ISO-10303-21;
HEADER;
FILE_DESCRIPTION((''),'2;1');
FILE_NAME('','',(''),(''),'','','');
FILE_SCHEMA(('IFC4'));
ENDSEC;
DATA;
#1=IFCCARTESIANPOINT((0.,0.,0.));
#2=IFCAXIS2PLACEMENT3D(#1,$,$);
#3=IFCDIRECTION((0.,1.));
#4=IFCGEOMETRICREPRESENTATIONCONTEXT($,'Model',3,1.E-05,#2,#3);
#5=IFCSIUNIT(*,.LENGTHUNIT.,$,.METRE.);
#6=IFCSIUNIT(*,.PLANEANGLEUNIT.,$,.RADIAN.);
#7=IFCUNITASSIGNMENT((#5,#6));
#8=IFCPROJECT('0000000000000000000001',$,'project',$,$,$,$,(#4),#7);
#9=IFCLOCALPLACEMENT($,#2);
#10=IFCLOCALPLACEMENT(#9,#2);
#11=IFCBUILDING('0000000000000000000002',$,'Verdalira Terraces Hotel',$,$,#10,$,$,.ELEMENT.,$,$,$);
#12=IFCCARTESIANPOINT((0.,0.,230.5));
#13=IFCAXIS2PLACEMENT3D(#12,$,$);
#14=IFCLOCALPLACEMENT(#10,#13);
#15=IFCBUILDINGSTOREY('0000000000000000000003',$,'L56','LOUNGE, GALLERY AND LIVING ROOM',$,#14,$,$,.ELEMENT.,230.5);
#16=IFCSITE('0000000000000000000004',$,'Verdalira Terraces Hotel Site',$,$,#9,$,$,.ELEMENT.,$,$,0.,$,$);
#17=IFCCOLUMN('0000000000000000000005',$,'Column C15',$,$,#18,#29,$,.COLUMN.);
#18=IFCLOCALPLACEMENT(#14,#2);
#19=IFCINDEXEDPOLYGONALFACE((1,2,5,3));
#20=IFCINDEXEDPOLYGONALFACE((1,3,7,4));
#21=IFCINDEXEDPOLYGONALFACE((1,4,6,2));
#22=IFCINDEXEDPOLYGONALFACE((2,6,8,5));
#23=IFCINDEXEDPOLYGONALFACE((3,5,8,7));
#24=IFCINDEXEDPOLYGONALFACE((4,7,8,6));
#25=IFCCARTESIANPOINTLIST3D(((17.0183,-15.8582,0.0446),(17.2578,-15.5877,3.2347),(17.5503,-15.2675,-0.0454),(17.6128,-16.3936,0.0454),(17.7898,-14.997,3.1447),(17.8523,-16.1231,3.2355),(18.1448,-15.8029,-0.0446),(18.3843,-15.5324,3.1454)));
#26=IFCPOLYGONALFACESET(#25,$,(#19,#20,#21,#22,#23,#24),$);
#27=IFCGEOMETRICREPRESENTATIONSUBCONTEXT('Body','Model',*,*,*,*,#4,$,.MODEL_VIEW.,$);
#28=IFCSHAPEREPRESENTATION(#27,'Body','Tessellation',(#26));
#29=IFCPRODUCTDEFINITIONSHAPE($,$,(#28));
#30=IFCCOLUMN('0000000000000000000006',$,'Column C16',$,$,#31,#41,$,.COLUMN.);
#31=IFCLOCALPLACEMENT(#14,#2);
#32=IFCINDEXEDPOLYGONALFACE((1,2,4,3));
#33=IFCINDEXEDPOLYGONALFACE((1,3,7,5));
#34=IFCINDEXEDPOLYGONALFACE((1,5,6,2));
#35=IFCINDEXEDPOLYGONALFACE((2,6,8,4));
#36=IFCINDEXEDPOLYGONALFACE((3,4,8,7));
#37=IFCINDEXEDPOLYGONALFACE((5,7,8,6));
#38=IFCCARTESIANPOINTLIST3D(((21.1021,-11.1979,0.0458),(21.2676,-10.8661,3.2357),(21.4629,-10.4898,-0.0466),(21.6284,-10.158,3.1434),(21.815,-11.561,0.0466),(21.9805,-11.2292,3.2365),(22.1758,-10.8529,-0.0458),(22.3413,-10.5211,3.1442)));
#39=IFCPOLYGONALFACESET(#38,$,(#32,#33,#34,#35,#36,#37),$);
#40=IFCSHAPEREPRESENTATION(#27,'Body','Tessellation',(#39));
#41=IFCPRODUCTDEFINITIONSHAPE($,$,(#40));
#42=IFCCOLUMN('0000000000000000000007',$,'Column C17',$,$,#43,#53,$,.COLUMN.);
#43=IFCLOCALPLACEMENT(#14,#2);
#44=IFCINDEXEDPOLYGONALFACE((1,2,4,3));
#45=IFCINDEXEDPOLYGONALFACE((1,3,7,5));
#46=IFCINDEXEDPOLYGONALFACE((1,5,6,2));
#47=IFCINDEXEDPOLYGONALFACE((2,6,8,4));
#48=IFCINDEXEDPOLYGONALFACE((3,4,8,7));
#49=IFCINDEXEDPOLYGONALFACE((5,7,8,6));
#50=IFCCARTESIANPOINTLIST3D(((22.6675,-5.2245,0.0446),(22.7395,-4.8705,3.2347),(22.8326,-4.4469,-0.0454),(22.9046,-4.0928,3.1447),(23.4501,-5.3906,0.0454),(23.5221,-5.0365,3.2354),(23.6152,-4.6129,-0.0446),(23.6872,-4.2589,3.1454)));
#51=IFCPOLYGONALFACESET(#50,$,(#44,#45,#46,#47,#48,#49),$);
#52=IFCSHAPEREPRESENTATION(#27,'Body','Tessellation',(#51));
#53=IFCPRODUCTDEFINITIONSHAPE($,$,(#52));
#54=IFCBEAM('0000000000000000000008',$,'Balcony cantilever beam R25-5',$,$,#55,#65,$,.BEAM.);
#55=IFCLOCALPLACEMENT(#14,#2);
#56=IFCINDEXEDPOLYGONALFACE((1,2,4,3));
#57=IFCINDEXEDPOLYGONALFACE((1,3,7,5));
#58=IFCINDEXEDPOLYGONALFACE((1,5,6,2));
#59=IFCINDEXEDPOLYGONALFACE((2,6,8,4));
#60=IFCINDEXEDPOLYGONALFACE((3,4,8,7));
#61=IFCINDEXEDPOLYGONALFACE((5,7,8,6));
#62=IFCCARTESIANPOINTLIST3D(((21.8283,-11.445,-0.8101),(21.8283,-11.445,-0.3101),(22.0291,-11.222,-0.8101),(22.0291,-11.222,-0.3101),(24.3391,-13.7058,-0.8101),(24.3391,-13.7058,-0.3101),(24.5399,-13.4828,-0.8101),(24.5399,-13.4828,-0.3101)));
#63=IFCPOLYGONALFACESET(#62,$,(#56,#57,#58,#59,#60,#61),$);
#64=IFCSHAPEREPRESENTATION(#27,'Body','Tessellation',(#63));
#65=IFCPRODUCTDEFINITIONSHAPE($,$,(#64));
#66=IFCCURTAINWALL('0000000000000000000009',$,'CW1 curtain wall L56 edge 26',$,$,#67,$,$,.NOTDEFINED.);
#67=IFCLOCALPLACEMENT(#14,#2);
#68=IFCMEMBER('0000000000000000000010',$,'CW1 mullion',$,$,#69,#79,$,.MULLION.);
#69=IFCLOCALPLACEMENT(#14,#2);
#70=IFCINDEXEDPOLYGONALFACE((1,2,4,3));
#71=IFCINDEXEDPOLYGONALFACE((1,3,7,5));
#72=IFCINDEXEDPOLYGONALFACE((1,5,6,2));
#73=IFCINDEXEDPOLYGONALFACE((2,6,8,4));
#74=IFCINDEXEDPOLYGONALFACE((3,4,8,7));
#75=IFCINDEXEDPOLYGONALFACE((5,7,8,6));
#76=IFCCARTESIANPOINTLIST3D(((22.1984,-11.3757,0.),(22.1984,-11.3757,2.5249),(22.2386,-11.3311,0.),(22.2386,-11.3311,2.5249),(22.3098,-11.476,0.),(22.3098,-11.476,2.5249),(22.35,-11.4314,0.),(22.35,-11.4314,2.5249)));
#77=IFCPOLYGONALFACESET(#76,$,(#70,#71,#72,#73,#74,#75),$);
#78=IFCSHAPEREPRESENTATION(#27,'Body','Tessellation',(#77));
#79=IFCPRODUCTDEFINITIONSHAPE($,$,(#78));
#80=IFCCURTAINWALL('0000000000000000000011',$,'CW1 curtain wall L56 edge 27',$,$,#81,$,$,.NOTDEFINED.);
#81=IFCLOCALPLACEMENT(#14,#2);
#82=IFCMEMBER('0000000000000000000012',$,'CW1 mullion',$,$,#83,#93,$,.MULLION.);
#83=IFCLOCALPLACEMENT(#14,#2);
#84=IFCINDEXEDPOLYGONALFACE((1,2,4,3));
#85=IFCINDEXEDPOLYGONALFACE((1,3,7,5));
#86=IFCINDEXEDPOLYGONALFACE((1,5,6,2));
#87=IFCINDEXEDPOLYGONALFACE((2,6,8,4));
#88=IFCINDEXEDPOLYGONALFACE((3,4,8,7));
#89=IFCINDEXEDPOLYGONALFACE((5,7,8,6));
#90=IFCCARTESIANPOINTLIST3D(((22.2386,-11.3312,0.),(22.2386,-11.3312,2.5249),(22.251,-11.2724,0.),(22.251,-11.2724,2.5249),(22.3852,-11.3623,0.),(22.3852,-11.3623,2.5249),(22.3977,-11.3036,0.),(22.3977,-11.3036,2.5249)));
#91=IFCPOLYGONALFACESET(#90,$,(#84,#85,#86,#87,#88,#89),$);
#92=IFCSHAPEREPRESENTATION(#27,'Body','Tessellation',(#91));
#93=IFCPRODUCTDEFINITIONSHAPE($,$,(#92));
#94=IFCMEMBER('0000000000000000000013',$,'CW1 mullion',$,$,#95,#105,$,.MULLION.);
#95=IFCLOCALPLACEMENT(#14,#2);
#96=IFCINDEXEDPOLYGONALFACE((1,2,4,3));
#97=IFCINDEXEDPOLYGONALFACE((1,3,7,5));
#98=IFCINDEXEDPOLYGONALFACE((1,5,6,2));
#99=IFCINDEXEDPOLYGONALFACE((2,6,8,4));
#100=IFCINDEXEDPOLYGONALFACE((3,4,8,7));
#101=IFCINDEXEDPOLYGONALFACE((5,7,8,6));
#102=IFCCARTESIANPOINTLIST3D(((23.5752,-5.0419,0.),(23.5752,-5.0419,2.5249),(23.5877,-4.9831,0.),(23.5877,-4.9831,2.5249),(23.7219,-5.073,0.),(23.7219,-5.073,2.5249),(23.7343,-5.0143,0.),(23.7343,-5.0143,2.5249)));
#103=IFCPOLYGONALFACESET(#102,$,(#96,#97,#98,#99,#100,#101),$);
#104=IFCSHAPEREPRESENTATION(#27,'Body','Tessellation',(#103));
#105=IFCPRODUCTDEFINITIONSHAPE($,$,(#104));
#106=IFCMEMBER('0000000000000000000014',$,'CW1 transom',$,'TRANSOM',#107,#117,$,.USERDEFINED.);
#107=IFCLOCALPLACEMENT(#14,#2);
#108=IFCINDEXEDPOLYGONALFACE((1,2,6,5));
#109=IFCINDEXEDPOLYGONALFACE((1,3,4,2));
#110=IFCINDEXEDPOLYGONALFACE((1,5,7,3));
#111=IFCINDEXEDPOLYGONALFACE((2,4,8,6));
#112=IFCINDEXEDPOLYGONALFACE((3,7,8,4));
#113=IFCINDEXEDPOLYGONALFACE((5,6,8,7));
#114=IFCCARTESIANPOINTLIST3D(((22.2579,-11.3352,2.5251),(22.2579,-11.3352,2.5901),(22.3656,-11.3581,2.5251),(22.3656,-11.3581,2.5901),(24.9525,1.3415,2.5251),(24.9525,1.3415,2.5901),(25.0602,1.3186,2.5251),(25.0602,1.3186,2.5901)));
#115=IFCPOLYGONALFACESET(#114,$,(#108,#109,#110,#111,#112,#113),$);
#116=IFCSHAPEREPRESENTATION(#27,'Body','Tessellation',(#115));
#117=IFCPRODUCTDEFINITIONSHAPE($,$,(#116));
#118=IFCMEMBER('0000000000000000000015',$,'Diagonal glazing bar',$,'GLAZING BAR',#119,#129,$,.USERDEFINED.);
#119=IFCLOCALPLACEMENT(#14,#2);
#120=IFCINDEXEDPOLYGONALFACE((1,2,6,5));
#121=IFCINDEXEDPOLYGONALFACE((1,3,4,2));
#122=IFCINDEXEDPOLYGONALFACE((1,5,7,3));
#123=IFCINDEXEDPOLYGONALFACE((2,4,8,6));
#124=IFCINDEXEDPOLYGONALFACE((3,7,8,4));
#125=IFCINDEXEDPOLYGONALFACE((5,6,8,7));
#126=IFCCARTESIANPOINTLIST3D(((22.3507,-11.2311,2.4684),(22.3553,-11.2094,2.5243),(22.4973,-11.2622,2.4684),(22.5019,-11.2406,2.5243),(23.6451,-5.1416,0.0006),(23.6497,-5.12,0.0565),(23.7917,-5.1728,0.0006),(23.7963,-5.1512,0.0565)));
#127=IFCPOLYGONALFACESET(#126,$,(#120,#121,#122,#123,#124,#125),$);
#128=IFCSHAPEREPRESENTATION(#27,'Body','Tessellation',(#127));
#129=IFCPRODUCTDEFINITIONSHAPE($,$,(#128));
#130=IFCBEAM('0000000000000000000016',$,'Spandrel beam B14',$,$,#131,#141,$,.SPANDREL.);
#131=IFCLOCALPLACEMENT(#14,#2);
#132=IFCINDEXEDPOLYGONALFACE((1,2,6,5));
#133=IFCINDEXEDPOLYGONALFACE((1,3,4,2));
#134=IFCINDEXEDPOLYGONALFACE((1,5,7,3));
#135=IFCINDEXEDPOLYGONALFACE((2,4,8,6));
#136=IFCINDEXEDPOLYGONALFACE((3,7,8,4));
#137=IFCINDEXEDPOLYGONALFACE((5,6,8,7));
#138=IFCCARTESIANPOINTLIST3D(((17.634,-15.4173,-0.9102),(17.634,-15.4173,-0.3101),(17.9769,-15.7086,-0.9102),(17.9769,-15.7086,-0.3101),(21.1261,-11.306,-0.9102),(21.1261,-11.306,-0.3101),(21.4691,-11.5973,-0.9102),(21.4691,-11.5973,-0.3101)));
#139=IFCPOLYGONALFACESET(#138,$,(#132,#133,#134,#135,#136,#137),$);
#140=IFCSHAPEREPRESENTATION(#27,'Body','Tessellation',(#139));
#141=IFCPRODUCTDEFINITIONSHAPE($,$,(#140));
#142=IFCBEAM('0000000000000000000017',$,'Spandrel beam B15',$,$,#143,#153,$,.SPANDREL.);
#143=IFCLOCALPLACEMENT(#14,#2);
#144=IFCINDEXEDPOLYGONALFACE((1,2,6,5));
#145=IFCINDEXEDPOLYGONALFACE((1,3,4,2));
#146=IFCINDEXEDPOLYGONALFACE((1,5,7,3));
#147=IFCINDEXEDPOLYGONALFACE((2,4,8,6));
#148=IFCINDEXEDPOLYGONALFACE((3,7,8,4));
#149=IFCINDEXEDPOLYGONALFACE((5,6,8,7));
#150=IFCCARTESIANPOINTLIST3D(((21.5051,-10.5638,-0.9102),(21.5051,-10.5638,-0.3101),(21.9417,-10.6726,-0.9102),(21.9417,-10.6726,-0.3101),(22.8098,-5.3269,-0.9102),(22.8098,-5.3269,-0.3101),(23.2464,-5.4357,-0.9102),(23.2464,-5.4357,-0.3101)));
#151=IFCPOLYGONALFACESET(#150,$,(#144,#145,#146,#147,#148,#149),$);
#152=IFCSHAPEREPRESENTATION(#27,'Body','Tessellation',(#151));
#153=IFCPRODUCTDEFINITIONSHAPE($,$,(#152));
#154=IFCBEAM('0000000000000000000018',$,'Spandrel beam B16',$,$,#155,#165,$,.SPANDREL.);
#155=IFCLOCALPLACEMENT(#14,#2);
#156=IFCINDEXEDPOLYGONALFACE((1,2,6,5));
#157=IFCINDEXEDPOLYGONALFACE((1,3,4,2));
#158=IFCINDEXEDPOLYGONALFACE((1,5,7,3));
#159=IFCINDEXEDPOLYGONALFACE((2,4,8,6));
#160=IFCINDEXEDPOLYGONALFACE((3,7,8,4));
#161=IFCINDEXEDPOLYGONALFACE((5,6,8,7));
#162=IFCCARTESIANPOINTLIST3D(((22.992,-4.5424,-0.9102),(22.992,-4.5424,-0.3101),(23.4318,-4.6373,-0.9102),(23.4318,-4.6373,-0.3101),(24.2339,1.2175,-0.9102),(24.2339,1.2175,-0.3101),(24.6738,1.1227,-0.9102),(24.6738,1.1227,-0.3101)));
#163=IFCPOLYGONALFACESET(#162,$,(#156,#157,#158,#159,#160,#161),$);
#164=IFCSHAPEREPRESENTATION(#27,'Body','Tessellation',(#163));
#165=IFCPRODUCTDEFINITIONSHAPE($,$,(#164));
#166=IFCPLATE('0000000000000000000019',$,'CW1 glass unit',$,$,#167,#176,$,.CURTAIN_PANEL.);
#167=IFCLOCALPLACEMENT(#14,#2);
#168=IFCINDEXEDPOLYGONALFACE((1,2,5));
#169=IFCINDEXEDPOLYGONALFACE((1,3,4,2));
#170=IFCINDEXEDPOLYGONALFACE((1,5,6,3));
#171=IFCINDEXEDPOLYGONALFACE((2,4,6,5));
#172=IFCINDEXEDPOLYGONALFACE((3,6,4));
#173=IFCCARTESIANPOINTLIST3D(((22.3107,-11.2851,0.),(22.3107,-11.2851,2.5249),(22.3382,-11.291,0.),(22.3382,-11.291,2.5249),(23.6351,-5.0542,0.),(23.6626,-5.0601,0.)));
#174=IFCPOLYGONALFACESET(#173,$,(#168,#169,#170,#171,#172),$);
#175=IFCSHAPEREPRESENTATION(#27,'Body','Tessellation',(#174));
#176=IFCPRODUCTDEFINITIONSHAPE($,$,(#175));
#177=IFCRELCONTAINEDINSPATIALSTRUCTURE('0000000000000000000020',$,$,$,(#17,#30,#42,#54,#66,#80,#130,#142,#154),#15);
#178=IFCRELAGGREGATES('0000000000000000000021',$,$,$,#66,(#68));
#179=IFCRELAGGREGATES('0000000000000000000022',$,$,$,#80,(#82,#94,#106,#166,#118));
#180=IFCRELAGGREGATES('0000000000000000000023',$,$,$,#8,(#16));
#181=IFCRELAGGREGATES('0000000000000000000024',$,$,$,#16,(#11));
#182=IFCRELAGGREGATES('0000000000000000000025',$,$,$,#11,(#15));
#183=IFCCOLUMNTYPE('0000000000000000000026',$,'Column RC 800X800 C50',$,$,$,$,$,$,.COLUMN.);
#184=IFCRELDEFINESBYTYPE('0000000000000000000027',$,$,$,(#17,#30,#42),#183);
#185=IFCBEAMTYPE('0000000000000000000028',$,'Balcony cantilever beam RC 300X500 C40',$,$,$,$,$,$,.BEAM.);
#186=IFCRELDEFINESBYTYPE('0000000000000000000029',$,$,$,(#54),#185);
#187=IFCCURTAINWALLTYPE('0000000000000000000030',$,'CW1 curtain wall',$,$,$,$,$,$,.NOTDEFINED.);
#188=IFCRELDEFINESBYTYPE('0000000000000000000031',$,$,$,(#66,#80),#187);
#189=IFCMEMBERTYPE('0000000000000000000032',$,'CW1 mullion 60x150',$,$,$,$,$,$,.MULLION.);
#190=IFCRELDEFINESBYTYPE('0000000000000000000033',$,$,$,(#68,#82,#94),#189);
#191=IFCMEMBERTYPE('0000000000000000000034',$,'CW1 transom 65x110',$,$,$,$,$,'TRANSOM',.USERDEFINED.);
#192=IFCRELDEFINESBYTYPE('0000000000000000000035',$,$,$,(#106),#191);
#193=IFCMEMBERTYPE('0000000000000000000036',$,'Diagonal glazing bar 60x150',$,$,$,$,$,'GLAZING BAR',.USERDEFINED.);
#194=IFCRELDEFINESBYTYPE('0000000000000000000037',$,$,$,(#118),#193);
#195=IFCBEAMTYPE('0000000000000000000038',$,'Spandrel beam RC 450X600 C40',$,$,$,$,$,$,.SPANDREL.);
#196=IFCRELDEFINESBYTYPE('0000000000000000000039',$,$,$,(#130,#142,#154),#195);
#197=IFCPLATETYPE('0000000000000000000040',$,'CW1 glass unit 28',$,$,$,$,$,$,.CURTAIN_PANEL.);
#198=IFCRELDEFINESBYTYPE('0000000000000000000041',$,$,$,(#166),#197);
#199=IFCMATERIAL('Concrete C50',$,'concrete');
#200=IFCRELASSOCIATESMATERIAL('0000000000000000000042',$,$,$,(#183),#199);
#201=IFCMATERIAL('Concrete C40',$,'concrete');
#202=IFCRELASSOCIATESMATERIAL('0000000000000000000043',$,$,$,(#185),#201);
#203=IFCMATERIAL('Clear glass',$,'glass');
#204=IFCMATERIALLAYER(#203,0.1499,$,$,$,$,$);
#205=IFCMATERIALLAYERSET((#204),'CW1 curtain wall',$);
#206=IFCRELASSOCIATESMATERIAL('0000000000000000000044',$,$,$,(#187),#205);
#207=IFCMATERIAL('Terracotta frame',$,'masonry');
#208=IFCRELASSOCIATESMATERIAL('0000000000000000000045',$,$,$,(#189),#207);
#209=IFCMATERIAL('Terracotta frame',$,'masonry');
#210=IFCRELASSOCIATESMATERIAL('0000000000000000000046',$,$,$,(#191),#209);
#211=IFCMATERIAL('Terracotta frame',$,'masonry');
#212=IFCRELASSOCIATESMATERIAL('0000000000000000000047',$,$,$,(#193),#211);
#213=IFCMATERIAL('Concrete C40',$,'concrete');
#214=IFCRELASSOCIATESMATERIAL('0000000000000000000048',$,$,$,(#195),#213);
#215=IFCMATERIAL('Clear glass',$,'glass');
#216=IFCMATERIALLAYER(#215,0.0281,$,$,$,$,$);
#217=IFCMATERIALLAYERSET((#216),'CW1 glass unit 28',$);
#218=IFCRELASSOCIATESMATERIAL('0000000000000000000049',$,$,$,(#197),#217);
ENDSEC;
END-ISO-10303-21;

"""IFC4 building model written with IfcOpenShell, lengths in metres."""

from ifc_helpers import new_model, si_unit, direction, frame, origin, origin_2d, place, context, subcontext, project, spatial, polyline, rectangle, outline, extrude, material, layer, layer_set, material_profile, profile_set, type_object, element, aggregate, save


model = new_model("IFC4")

# Units and contexts
model_context = context("Model", 3, precision=1e-05, world=origin(), true_north=direction((0.0, 1.0)))
body_context = subcontext(model_context, "Body", "Model", "MODEL_VIEW")
ifc_project = project(units=[si_unit("LENGTHUNIT", "METRE"), si_unit("PLANEANGLEUNIT", "RADIAN")], contexts=[model_context])

# Site, building, storey
site_placement = place(None, origin())
site = spatial("IfcSite", under=ifc_project, at=site_placement, Name="Verdalira Terraces Hotel Site", CompositionType="ELEMENT", RefElevation=0.0)
building_placement = place(site_placement, origin())
building = spatial("IfcBuilding", under=site, at=building_placement, Name="Verdalira Terraces Hotel", CompositionType="ELEMENT")
storey_placement = place(building_placement, frame((0.0, 0.0, 230.5)))
storey = spatial("IfcBuildingStorey", under=building, at=storey_placement, Name="L56", Description="LOUNGE, GALLERY AND LIVING ROOM", CompositionType="ELEMENT", Elevation=230.5)

# Columns
ifc_material_1 = material(Name="Concrete C50", Category="concrete")
ifc_material_profile_1 = material_profile(ifc_material_1, rectangle(XDim=0.8, YDim=0.8, at=origin_2d()), Name="RC 800X800")
ifc_profile_set_1 = profile_set([ifc_material_profile_1], Name="Concrete C50")
column_type = type_object("IfcColumnType", Name="Column RC 800X800 C50", PredefinedType="COLUMN", material=ifc_profile_set_1)
column_1_placement = place(storey_placement, frame((17.5815, -15.8306, 0.0), z_axis=(0.074603, 0.084262, 0.993647), x_axis=(0.664973, 0.73834, -0.112538)))
element("IfcColumn", 1, at=column_1_placement, inside=storey, type_object=column_type, Name="Column C15", PredefinedType="COLUMN", context=body_context, shape_type="SweptSolid", body=[
    extrude(rectangle(XDim=0.8, YDim=0.8, at=origin_2d()), origin(), (0.0, 0.0, 1.0), 3.2104),
])
column_2_placement = place(storey_placement, frame((21.6389, -11.0254, 0.0), z_axis=(0.051543, 0.103315, 0.993312), x_axis=(-0.450968, -0.885041, 0.115454)))
element("IfcColumn", 2, at=column_2_placement, inside=storey, type_object=column_type, Name="Column C16", PredefinedType="COLUMN", context=body_context, shape_type="SweptSolid", body=[
    extrude(rectangle(XDim=0.8, YDim=0.8, at=origin_2d()), origin(), (0.0, 0.0, 1.0), 3.2114),
])
column_3_placement = place(storey_placement, frame((23.1414, -4.9187, 0.0), z_axis=(0.022434, 0.11027, 0.993648), x_axis=(0.206353, 0.971986, -0.112525)))
element("IfcColumn", 3, at=column_3_placement, inside=storey, type_object=column_type, Name="Column C17", PredefinedType="COLUMN", context=body_context, shape_type="SweptSolid", body=[
    extrude(rectangle(XDim=0.8, YDim=0.8, at=origin_2d()), origin(), (0.0, 0.0, 1.0), 3.2104),
])

# Beam
ifc_material_2 = material(Name="Concrete C40", Category="concrete")
ifc_material_profile_2 = material_profile(ifc_material_2, rectangle(XDim=0.3, YDim=0.5, at=origin_2d()), Name="RC 300X500")
ifc_profile_set_2 = profile_set([ifc_material_profile_2], Name="Concrete C40")
beam_type_1 = type_object("IfcBeamType", Name="Balcony cantilever beam RC 300X500 C40", PredefinedType="BEAM", material=ifc_profile_set_2)
beam_1_placement = place(storey_placement, frame((21.9287, -11.3335, -0.5601), z_axis=(0.743136, -0.66914, 0.0), x_axis=(0.66914, 0.743136, 0.0)))
element("IfcBeam", 4, at=beam_1_placement, inside=storey, type_object=beam_type_1, Name="Balcony cantilever beam R25-5", PredefinedType="BEAM", context=body_context, shape_type="SweptSolid", body=[
    extrude(rectangle(XDim=0.3, YDim=0.5, at=origin_2d()), origin(), (0.0, 0.0, 1.0), 3.3787),
])

# Curtain wall, member
ifc_material_3 = material(Name="Clear glass", Category="glass")
ifc_layer_1 = layer(ifc_material_3, 0.1499)
ifc_layer_set_1 = layer_set([ifc_layer_1], Name="CW1 curtain wall")
curtain_wall_type = type_object("IfcCurtainWallType", Name="CW1 curtain wall", PredefinedType="NOTDEFINED", material=ifc_layer_set_1)
curtain_wall_1_placement = place(storey_placement, origin())
curtain_wall_1 = element("IfcCurtainWall", 5, at=curtain_wall_1_placement, inside=storey, type_object=curtain_wall_type, Name="CW1 curtain wall L56 edge 26", PredefinedType="NOTDEFINED")
ifc_material_4 = material(Name="Terracotta frame", Category="masonry")
ifc_material_profile_3 = material_profile(ifc_material_4, rectangle(XDim=0.0601, YDim=0.1499, at=origin_2d()), Name="MU 60x150")
ifc_profile_set_3 = profile_set([ifc_material_profile_3], Name="Terracotta frame")
member_type_1 = type_object("IfcMemberType", Name="CW1 mullion 60x150", PredefinedType="MULLION", material=ifc_profile_set_3)
member_1_placement = place(storey_placement, frame((22.2742, -11.4036, 0.0), z_axis=(0.0, 0.0, 1.0), x_axis=(0.669131, 0.743145, 0.0)))
member_1 = element("IfcMember", 6, at=member_1_placement, type_object=member_type_1, Name="CW1 mullion", PredefinedType="MULLION", context=body_context, shape_type="SweptSolid", body=[
    extrude(rectangle(XDim=0.0601, YDim=0.1499, at=origin_2d()), origin(), (0.0, 0.0, 1.0), 2.5249),
])
aggregate(curtain_wall_1, [member_1])

# Curtain wall, members
curtain_wall_2_placement = place(storey_placement, origin())
curtain_wall_2 = element("IfcCurtainWall", 7, at=curtain_wall_2_placement, inside=storey, type_object=curtain_wall_type, Name="CW1 curtain wall L56 edge 27", PredefinedType="NOTDEFINED")
member_2_placement = place(storey_placement, frame((22.3181, -11.3174, 0.0), z_axis=(0.0, 0.0, 1.0), x_axis=(0.207912, 0.978148, 0.0)))
member_2 = element("IfcMember", 8, at=member_2_placement, type_object=member_type_1, Name="CW1 mullion", PredefinedType="MULLION", context=body_context, shape_type="SweptSolid", body=[
    extrude(rectangle(XDim=0.0601, YDim=0.1499, at=origin_2d()), origin(), (0.0, 0.0, 1.0), 2.5249),
])
member_3_placement = place(storey_placement, frame((23.6548, -5.0281, 0.0), z_axis=(0.0, 0.0, 1.0), x_axis=(0.207912, 0.978148, 0.0)))
member_3 = element("IfcMember", 9, at=member_3_placement, type_object=member_type_1, Name="CW1 mullion", PredefinedType="MULLION", context=body_context, shape_type="SweptSolid", body=[
    extrude(rectangle(XDim=0.0601, YDim=0.1499, at=origin_2d()), origin(), (0.0, 0.0, 1.0), 2.5249),
])
ifc_material_5 = material(Name="Terracotta frame", Category="masonry")
ifc_material_profile_4 = material_profile(ifc_material_5, rectangle(XDim=0.1101, YDim=0.0649, at=origin_2d()), Name="TR 65x110")
ifc_profile_set_4 = profile_set([ifc_material_profile_4], Name="Terracotta frame")
member_type_2 = type_object("IfcMemberType", Name="CW1 transom 65x110", ElementType="TRANSOM", PredefinedType="USERDEFINED", material=ifc_profile_set_4)
member_4_placement = place(storey_placement, frame((22.3118, -11.3467, 2.5576), z_axis=(0.207916, 0.978147, 0.0), x_axis=(-0.978147, 0.207916, 0.0)))
member_4 = element("IfcMember", 10, at=member_4_placement, type_object=member_type_2, Name="CW1 transom", ObjectType="TRANSOM", PredefinedType="USERDEFINED", context=body_context, shape_type="SweptSolid", body=[
    extrude(rectangle(XDim=0.1101, YDim=0.0649, at=origin_2d()), origin(), (0.0, 0.0, 1.0), 12.96),
])
ifc_material_6 = material(Name="Terracotta frame", Category="masonry")
ifc_material_profile_5 = material_profile(ifc_material_6, rectangle(XDim=0.1499, YDim=0.0601, at=origin_2d()), Name="GB 60x150")
ifc_profile_set_5 = profile_set([ifc_material_profile_5], Name="Terracotta frame")
member_type_3 = type_object("IfcMemberType", Name="Diagonal glazing bar 60x150", ElementType="GLAZING BAR", PredefinedType="USERDEFINED", material=ifc_profile_set_5)
member_5_placement = place(storey_placement, frame((22.4263, -11.2358, 2.4963), z_axis=(0.193294, 0.909308, -0.368506), x_axis=(-0.978144, 0.207927, 0.0)))
member_5 = element("IfcMember", 11, at=member_5_placement, type_object=member_type_3, Name="Diagonal glazing bar", ObjectType="GLAZING BAR", PredefinedType="USERDEFINED", context=body_context, shape_type="SweptSolid", body=[
    extrude(rectangle(XDim=0.1499, YDim=0.0601, at=origin_2d()), origin(), (0.0, 0.0, 1.0), 6.6968),
])

# Beams
ifc_material_7 = material(Name="Concrete C40", Category="concrete")
ifc_material_profile_6 = material_profile(ifc_material_7, rectangle(XDim=0.45, YDim=0.6001, at=origin_2d()), Name="RC 450X600")
ifc_profile_set_6 = profile_set([ifc_material_profile_6], Name="Concrete C40")
beam_type_2 = type_object("IfcBeamType", Name="Spandrel beam RC 450X600 C40", PredefinedType="SPANDREL", material=ifc_profile_set_6)
beam_2_placement = place(storey_placement, frame((17.8054, -15.563, -0.6101), z_axis=(0.647386, 0.762163, 0.0), x_axis=(-0.762163, 0.647386, 0.0)))
element("IfcBeam", 12, at=beam_2_placement, inside=storey, type_object=beam_type_2, Name="Spandrel beam B14", PredefinedType="SPANDREL", context=body_context, shape_type="SweptSolid", body=[
    extrude(rectangle(XDim=0.45, YDim=0.6001, at=origin_2d()), origin(), (0.0, 0.0, 1.0), 5.3943),
])
beam_3_placement = place(storey_placement, frame((21.7234, -10.6182, -0.6101), z_axis=(0.241748, 0.970339, 0.0), x_axis=(-0.970339, 0.241748, 0.0)))
element("IfcBeam", 13, at=beam_3_placement, inside=storey, type_object=beam_type_2, Name="Spandrel beam B15", PredefinedType="SPANDREL", context=body_context, shape_type="SweptSolid", body=[
    extrude(rectangle(XDim=0.45, YDim=0.6001, at=origin_2d()), origin(), (0.0, 0.0, 1.0), 5.397),
])
beam_4_placement = place(storey_placement, frame((23.2119, -4.5898, -0.6101), z_axis=(0.210771, 0.977535, 0.0), x_axis=(-0.977535, 0.210771, 0.0)))
element("IfcBeam", 14, at=beam_4_placement, inside=storey, type_object=beam_type_2, Name="Spandrel beam B16", PredefinedType="SPANDREL", context=body_context, shape_type="SweptSolid", body=[
    extrude(rectangle(XDim=0.45, YDim=0.6001, at=origin_2d()), origin(), (0.0, 0.0, 1.0), 5.8923),
])

# Plate
ifc_material_8 = material(Name="Clear glass", Category="glass")
ifc_layer_2 = layer(ifc_material_8, 0.0281)
ifc_layer_set_2 = layer_set([ifc_layer_2], Name="CW1 glass unit 28")
plate_type = type_object("IfcPlateType", Name="CW1 glass unit 28", PredefinedType="CURTAIN_PANEL", material=ifc_layer_set_2)
plate_1_placement = place(storey_placement, frame((22.9729, -8.1697, 1.2625), z_axis=(0.978148, -0.207912, 0.0), x_axis=(0.207912, 0.978148, 0.0)))
plate_1 = element("IfcPlate", 15, at=plate_1_placement, type_object=plate_type, Name="CW1 glass unit", PredefinedType="CURTAIN_PANEL", context=body_context, shape_type="SweptSolid", body=[
    extrude(outline(polyline([(-3.1851, -1.2625), (3.1851, -1.2625), (-3.1851, 1.2625), (-3.1851, -1.2625)])), origin(), (0.0, 0.0, 1.0), 0.0281),
])
aggregate(curtain_wall_2, [member_2, member_3, member_4, plate_1, member_5])

save(model, "model.ifc")
